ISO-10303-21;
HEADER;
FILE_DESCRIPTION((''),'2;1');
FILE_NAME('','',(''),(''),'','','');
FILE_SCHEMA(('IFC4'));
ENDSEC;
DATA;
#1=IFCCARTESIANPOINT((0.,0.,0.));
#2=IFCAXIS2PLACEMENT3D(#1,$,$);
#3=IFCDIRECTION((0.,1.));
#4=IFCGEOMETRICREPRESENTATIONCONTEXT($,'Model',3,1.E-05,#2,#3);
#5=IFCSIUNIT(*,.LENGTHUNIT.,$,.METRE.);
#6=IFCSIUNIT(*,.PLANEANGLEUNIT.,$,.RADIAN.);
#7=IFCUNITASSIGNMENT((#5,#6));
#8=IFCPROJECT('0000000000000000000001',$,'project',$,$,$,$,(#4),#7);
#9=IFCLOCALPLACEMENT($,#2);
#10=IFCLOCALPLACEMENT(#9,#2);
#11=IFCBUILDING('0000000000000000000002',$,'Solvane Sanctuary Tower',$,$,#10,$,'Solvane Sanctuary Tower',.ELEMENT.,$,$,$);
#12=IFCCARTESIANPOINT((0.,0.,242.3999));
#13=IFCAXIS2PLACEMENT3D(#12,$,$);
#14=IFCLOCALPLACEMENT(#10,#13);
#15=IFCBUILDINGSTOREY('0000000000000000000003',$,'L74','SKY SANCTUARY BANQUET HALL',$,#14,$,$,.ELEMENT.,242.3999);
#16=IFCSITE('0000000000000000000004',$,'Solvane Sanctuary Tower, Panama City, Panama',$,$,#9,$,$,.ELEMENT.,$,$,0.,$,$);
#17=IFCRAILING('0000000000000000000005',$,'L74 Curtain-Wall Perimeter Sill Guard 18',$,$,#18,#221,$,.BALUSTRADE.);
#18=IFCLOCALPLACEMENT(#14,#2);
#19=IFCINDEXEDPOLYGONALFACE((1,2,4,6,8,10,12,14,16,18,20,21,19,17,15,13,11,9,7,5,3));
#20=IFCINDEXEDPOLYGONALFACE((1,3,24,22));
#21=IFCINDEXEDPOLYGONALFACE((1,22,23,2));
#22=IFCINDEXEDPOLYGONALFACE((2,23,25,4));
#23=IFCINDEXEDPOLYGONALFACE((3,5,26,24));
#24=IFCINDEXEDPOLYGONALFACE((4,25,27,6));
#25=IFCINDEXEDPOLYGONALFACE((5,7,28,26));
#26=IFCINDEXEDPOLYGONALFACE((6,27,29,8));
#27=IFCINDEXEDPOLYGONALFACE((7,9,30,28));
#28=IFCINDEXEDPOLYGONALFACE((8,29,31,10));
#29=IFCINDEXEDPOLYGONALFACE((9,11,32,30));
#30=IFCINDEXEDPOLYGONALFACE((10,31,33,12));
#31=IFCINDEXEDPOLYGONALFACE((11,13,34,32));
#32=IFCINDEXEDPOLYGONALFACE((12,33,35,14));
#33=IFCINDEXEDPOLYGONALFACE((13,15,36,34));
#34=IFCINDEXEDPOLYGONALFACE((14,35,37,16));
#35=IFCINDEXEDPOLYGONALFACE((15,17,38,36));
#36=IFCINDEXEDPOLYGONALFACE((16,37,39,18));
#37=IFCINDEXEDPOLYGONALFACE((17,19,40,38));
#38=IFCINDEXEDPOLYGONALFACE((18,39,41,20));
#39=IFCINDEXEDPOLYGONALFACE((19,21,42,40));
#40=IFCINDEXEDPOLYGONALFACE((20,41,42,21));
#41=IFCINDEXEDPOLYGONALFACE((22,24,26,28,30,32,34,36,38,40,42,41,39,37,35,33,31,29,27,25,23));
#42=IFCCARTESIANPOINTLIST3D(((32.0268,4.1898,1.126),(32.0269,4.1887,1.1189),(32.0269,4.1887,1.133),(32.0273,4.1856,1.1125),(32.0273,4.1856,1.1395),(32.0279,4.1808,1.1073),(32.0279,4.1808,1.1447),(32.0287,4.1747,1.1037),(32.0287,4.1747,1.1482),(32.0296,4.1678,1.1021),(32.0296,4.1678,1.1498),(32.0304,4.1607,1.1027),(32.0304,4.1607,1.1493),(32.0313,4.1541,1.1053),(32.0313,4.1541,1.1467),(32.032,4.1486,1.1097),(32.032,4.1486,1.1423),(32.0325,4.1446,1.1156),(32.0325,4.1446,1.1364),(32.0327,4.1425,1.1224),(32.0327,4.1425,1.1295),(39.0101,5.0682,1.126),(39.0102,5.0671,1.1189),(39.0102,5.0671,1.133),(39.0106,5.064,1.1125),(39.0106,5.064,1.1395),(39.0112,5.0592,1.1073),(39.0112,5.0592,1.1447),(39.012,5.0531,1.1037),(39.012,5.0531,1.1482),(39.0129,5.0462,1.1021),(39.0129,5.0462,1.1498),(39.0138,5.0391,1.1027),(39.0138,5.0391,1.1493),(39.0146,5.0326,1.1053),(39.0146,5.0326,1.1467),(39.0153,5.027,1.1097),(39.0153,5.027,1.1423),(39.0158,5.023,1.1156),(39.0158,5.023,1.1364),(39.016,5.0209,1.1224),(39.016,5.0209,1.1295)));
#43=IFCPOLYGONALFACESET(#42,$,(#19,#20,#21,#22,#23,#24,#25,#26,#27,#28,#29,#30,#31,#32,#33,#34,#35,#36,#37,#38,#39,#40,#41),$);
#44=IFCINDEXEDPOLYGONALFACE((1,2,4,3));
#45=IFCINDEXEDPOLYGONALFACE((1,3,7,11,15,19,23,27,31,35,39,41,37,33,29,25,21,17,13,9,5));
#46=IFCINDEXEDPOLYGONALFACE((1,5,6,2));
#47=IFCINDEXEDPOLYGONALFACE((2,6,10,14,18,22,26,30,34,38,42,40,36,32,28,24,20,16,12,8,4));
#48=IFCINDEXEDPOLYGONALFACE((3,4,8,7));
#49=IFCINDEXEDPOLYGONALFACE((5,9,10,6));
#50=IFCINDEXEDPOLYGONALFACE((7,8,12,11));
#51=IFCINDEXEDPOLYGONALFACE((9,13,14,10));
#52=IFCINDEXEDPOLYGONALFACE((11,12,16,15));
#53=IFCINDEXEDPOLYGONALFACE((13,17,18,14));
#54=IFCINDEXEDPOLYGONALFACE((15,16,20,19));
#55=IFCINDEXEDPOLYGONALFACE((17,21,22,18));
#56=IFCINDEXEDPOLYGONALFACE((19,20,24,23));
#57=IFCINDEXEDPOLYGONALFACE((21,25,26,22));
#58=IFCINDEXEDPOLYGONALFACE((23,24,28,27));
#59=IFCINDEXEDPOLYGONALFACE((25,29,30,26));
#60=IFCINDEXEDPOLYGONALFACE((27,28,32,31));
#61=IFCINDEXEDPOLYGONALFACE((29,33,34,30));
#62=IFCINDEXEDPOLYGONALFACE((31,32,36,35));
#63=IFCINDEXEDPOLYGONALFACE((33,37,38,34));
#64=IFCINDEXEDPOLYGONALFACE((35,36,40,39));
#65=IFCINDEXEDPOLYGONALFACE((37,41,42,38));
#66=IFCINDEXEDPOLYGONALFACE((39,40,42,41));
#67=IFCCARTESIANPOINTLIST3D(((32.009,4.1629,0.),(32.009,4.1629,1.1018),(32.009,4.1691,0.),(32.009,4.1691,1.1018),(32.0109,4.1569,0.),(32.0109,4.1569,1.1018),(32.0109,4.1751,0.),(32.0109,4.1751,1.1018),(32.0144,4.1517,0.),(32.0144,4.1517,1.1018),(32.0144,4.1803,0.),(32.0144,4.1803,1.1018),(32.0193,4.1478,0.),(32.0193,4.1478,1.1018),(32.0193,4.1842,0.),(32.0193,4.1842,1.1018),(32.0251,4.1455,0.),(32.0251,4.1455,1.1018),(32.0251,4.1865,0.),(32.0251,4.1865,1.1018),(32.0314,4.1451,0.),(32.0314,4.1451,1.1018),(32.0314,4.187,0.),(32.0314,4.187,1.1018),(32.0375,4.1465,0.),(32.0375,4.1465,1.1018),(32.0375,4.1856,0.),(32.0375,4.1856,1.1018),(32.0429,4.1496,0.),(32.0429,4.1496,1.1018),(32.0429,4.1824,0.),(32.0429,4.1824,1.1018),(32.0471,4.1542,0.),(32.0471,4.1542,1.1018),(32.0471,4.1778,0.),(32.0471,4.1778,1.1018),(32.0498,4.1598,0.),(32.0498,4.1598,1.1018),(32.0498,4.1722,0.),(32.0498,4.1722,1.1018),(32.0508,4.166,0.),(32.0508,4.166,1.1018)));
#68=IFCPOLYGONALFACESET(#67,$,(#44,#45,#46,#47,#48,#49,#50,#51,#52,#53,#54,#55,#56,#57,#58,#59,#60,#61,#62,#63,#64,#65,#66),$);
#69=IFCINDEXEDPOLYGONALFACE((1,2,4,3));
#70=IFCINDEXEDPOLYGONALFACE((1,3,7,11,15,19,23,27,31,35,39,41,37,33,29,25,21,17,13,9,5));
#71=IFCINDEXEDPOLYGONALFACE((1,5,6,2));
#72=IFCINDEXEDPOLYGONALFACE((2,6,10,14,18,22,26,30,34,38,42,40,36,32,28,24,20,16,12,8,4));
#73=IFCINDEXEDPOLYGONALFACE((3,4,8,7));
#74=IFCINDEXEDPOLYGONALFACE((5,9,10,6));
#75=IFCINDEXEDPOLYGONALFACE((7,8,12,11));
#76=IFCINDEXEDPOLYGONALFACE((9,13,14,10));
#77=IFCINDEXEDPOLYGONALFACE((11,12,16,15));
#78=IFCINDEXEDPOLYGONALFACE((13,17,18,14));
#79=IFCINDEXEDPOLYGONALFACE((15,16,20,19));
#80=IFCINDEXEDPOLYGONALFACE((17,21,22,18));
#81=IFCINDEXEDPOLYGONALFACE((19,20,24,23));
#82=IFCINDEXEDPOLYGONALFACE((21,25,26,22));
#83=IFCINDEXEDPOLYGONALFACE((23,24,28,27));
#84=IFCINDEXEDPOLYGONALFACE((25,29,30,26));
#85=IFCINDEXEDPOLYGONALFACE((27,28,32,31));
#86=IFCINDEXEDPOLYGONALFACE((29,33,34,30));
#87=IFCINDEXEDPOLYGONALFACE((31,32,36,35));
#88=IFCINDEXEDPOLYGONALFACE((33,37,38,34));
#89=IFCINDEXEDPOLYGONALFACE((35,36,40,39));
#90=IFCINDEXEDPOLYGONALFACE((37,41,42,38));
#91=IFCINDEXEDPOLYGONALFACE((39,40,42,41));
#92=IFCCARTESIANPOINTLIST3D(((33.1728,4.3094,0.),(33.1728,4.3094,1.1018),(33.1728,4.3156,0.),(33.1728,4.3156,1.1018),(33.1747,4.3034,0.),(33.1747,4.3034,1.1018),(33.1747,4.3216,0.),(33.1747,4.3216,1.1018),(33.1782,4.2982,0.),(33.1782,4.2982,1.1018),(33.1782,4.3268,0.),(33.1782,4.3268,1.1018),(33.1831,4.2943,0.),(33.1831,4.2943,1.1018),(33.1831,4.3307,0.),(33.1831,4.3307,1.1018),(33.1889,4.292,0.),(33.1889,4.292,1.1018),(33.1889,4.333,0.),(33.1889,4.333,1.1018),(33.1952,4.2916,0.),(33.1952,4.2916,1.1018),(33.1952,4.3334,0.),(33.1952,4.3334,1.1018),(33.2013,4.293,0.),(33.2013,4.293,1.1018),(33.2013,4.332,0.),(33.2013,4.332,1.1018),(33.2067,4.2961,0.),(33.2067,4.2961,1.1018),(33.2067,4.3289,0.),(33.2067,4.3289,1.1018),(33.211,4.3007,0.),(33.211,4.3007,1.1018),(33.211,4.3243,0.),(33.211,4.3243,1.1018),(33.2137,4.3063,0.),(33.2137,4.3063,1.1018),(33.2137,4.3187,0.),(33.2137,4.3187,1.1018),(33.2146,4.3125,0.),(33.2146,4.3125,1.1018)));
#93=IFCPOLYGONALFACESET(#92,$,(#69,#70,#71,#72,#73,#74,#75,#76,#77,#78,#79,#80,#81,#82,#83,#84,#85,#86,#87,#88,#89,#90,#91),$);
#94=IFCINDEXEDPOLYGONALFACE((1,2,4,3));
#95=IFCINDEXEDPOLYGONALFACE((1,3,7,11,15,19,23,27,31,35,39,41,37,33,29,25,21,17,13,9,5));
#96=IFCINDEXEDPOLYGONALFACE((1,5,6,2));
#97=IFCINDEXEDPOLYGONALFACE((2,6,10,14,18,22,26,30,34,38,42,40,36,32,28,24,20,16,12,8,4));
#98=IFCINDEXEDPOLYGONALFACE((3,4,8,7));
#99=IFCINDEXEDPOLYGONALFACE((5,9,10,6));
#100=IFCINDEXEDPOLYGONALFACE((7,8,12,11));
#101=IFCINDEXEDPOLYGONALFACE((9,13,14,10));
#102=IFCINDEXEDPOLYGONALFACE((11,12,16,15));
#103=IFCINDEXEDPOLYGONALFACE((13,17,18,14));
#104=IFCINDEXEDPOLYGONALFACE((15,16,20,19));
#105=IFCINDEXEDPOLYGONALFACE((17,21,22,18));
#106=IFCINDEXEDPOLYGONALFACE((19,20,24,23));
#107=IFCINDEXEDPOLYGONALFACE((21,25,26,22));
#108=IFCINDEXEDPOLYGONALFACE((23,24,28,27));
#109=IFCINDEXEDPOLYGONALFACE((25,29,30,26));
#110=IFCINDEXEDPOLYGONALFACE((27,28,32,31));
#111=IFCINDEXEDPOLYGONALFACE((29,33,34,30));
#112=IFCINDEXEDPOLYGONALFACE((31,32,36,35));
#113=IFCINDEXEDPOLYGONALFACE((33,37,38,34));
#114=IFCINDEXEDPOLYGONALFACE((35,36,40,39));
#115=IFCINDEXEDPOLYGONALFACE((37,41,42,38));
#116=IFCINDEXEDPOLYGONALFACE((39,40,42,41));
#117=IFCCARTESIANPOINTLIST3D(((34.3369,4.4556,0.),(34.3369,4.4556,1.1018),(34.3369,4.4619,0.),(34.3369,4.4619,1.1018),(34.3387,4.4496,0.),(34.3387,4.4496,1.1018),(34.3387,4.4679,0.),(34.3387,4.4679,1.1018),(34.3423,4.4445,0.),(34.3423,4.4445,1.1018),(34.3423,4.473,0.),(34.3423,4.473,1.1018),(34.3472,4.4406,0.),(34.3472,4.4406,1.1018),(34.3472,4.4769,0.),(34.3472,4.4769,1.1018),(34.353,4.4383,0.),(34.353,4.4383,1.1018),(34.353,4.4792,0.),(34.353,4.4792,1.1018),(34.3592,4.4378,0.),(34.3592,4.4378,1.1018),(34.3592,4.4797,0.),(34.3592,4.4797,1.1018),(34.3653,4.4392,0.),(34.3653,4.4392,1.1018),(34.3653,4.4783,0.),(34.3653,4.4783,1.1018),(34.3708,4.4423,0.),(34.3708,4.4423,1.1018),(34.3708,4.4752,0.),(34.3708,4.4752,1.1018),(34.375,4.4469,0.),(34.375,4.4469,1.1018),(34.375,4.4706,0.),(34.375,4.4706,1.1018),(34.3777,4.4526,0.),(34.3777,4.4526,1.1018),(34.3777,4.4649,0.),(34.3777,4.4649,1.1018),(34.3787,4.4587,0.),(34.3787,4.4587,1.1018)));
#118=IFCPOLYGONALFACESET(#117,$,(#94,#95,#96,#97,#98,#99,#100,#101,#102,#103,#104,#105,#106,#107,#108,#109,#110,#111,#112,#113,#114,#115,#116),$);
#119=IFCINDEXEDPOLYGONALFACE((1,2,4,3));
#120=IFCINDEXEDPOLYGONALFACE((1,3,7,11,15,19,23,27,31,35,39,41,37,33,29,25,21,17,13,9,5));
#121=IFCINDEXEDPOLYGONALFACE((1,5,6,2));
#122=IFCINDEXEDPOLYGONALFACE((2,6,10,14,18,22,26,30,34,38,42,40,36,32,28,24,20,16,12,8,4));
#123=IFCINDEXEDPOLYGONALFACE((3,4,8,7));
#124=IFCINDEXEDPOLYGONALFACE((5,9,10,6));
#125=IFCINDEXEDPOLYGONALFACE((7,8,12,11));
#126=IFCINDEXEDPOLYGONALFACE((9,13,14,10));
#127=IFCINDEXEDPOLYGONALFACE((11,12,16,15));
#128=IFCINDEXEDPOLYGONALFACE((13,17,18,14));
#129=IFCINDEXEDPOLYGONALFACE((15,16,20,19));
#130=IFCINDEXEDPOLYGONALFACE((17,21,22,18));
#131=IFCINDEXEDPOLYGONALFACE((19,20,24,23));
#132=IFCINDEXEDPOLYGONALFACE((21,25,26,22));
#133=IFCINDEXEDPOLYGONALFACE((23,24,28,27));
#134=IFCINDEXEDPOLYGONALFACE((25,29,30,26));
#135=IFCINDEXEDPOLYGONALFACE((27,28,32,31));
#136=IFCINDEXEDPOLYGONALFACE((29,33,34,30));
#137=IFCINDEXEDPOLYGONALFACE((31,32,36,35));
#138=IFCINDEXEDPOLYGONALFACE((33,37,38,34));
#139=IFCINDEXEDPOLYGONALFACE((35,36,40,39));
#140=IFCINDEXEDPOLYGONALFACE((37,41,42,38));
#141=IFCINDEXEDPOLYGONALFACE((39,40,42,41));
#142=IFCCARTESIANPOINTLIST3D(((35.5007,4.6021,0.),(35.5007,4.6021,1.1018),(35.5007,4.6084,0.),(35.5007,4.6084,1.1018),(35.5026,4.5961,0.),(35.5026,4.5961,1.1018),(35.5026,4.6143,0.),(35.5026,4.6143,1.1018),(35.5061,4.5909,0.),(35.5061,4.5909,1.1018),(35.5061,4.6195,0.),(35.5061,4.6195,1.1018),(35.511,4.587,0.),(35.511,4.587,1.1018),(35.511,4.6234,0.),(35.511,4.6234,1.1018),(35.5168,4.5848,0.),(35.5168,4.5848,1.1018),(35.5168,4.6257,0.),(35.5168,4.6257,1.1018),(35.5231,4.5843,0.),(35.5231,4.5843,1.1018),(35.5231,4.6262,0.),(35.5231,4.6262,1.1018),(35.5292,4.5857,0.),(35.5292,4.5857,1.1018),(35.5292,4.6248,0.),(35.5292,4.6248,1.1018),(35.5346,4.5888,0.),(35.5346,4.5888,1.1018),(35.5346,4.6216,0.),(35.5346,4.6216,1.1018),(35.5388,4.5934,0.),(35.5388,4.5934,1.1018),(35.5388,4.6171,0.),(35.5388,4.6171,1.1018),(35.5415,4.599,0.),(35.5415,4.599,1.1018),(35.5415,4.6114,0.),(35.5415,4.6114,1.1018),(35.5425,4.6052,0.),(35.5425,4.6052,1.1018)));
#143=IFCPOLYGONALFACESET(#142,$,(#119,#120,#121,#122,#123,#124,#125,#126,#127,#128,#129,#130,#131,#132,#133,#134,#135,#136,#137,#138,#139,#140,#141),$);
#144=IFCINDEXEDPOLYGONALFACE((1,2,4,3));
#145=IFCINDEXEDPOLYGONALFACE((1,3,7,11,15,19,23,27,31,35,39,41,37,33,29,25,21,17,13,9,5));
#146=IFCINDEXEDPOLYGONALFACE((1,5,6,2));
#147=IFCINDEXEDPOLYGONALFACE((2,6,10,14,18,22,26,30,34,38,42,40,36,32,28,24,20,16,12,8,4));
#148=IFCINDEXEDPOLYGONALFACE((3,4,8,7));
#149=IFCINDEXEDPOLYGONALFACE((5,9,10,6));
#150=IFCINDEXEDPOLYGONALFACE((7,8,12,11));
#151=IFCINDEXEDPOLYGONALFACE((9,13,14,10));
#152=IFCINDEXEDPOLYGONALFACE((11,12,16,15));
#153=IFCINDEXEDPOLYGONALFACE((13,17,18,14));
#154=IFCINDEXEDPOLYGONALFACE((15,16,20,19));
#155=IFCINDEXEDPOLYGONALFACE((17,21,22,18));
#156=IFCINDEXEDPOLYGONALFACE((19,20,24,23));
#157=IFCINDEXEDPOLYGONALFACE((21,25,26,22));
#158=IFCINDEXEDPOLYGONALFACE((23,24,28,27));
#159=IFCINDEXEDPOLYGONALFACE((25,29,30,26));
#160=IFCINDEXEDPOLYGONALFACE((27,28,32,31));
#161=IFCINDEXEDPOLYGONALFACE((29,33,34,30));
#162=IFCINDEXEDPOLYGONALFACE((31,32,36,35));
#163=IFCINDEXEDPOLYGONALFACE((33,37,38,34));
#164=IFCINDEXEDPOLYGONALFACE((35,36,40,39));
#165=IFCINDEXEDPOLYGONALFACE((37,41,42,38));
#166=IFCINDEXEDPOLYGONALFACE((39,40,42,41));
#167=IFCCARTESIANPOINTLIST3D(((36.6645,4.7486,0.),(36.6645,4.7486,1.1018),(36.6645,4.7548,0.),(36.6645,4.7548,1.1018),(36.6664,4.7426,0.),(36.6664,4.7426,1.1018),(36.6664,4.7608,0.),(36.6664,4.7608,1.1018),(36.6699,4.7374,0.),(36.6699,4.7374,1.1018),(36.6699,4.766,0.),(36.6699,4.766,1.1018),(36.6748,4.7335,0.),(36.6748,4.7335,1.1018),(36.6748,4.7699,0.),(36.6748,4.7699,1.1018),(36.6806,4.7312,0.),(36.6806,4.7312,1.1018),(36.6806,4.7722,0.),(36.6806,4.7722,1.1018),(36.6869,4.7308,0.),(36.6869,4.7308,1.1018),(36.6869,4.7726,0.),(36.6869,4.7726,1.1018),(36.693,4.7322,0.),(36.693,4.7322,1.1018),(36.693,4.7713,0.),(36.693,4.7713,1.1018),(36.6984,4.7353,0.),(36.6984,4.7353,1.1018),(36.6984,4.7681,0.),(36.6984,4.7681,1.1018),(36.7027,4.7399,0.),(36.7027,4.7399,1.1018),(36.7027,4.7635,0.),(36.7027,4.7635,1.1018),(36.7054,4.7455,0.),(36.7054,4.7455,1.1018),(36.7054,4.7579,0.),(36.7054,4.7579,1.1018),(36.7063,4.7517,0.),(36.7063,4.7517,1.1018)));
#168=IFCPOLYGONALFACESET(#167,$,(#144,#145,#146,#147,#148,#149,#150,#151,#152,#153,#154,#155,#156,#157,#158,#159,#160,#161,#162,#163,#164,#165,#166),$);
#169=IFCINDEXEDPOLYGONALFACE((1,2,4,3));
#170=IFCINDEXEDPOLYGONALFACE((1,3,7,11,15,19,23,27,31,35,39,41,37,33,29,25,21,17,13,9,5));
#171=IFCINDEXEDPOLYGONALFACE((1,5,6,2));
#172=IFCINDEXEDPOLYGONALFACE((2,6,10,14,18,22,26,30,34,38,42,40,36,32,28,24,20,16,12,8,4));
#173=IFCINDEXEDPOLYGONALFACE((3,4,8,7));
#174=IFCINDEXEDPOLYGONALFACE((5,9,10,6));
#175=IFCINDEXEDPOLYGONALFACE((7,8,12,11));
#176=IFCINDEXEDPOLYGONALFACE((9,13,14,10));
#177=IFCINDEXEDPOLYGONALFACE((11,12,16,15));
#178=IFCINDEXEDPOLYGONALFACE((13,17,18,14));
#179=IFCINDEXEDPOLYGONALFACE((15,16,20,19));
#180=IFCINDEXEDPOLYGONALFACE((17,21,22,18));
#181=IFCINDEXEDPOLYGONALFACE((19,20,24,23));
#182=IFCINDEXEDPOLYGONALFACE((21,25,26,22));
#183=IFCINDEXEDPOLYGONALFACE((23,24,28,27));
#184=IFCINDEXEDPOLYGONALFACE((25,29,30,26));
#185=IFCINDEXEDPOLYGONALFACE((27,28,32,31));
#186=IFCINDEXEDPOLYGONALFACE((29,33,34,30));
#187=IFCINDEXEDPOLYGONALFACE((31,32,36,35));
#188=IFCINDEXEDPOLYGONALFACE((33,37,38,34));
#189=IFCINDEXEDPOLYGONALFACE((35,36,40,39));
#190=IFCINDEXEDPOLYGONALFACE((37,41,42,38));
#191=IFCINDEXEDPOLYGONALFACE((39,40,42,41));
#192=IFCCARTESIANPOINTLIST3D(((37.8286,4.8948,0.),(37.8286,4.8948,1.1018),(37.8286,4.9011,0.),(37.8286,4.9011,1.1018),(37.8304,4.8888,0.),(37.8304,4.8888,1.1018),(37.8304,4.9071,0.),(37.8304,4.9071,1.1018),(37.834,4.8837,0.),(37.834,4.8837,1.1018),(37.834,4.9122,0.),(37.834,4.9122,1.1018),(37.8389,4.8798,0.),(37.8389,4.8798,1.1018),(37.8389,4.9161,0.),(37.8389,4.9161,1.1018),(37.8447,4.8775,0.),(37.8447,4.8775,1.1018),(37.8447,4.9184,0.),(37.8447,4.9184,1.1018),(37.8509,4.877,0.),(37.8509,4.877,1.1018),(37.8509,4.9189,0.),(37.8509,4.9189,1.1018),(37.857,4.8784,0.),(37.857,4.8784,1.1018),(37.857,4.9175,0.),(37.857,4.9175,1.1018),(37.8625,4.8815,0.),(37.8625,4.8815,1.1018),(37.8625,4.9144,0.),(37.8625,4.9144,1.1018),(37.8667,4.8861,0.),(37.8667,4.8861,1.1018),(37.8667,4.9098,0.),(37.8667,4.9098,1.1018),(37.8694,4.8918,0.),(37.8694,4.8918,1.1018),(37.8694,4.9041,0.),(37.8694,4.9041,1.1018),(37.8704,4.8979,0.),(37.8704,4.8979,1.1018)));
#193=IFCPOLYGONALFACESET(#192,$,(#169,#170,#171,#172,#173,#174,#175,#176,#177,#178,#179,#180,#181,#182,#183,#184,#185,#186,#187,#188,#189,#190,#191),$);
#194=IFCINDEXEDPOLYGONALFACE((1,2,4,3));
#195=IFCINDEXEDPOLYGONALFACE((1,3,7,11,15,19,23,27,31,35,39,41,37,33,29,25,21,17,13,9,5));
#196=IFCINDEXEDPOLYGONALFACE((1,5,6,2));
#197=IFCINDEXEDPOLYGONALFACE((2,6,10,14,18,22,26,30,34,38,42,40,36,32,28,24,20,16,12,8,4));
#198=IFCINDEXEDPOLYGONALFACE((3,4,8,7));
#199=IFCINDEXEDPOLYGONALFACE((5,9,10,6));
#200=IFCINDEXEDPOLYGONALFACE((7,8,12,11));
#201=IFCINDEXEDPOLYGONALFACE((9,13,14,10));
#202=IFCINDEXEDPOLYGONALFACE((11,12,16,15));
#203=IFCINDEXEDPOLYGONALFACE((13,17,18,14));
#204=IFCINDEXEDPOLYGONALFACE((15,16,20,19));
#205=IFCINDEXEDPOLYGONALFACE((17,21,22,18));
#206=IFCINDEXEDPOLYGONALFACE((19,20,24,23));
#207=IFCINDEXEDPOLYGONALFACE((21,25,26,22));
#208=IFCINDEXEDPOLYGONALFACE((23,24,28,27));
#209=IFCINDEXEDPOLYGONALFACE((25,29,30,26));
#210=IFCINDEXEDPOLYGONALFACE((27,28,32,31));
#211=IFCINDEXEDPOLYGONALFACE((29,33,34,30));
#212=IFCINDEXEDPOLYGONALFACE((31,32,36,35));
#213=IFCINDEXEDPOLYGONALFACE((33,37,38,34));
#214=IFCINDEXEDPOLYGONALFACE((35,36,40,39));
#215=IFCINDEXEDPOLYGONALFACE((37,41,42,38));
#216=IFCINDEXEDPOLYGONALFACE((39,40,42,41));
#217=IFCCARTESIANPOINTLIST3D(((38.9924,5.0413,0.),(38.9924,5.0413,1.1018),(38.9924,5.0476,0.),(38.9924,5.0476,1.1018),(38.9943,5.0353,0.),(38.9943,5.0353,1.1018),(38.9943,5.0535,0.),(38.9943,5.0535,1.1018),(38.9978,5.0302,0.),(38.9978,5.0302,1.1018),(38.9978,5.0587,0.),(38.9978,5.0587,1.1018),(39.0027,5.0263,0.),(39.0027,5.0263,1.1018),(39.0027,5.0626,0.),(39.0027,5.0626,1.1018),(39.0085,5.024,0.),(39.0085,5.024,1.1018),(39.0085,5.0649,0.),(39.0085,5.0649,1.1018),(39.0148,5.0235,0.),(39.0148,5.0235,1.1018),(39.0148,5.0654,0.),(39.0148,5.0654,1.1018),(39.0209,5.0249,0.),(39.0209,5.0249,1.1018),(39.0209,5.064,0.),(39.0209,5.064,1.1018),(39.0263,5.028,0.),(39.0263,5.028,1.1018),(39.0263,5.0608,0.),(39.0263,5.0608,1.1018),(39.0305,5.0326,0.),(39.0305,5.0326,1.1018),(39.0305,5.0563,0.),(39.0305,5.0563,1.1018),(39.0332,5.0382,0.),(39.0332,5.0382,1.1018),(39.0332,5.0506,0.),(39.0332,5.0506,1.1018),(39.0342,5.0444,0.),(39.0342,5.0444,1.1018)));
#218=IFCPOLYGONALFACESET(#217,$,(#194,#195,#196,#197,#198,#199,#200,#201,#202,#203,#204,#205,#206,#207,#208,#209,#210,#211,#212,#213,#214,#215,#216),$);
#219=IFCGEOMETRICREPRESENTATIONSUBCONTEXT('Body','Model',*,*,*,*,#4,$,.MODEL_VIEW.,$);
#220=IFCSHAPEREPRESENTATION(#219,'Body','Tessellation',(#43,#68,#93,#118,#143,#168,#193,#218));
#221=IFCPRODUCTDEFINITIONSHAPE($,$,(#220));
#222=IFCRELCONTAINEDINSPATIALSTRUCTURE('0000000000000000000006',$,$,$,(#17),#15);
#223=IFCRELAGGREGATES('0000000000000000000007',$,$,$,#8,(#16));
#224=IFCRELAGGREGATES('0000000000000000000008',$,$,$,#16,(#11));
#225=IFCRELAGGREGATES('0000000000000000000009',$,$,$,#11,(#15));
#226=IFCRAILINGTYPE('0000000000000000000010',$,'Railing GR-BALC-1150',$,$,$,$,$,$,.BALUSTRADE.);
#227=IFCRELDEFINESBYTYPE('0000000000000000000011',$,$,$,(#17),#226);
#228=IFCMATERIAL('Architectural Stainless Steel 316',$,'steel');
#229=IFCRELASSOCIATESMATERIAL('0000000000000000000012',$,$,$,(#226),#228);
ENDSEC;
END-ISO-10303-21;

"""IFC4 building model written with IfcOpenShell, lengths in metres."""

from ifc_helpers import new_model, si_unit, direction, frame, origin, origin_2d, place, context, subcontext, project, spatial, circle, extrude, material, type_object, element, save


model = new_model("IFC4")

# Units and contexts
model_context = context("Model", 3, precision=1e-05, world=origin(), true_north=direction((0.0, 1.0)))
body_context = subcontext(model_context, "Body", "Model", "MODEL_VIEW")
ifc_project = project(units=[si_unit("LENGTHUNIT", "METRE"), si_unit("PLANEANGLEUNIT", "RADIAN")], contexts=[model_context])

# Site, building, storey
site_placement = place(None, origin())
site = spatial("IfcSite", under=ifc_project, at=site_placement, Name="Solvane Sanctuary Tower, Panama City, Panama", CompositionType="ELEMENT", RefElevation=0.0)
building_placement = place(site_placement, origin())
building = spatial("IfcBuilding", under=site, at=building_placement, Name="Solvane Sanctuary Tower", LongName="Solvane Sanctuary Tower", CompositionType="ELEMENT")
storey_placement = place(building_placement, frame((0.0, 0.0, 242.3999)))
storey = spatial("IfcBuildingStorey", under=building, at=storey_placement, Name="L74", Description="SKY SANCTUARY BANQUET HALL", CompositionType="ELEMENT", Elevation=242.3999)

# Shared definitions
ifc_material_1 = material(Name="Architectural Stainless Steel 316", Category="steel")

# Railing
railing_type = type_object("IfcRailingType", Name="Railing GR-BALC-1150", PredefinedType="BALUSTRADE", material=ifc_material_1)
railing_placement = place(storey_placement, frame((32.0298, 4.166, 0.0)))
element("IfcRailing", 1, at=railing_placement, inside=storey, type_object=railing_type, Name="L74 Curtain-Wall Perimeter Sill Guard 18", PredefinedType="BALUSTRADE", context=body_context, shape_type="SweptSolid", body=[
    extrude(circle(Radius=0.0239, at=origin_2d()), frame((0.0, 0.0, 1.126), z_axis=(0.992182, 0.124803, 0.0), x_axis=(-0.124803, 0.992182, 0.0)), (0.0, 0.0, 1.0), 7.0383),
    extrude(circle(Radius=0.021, at=origin_2d()), origin(), (0.0, 0.0, 1.0), 1.1018),
    extrude(circle(Radius=0.021, at=origin_2d()), frame((1.1638, 0.1465, 0.0)), (0.0, 0.0, 1.0), 1.1018),
    extrude(circle(Radius=0.021, at=origin_2d()), frame((2.3279, 0.2927, 0.0)), (0.0, 0.0, 1.0), 1.1018),
    extrude(circle(Radius=0.021, at=origin_2d()), frame((3.4917, 0.4392, 0.0)), (0.0, 0.0, 1.0), 1.1018),
    extrude(circle(Radius=0.021, at=origin_2d()), frame((4.6555, 0.5857, 0.0)), (0.0, 0.0, 1.0), 1.1018),
    extrude(circle(Radius=0.021, at=origin_2d()), frame((5.8196, 0.7319, 0.0)), (0.0, 0.0, 1.0), 1.1018),
    extrude(circle(Radius=0.021, at=origin_2d()), frame((6.9834, 0.8784, 0.0)), (0.0, 0.0, 1.0), 1.1018),
])

save(model, "model.ifc")
